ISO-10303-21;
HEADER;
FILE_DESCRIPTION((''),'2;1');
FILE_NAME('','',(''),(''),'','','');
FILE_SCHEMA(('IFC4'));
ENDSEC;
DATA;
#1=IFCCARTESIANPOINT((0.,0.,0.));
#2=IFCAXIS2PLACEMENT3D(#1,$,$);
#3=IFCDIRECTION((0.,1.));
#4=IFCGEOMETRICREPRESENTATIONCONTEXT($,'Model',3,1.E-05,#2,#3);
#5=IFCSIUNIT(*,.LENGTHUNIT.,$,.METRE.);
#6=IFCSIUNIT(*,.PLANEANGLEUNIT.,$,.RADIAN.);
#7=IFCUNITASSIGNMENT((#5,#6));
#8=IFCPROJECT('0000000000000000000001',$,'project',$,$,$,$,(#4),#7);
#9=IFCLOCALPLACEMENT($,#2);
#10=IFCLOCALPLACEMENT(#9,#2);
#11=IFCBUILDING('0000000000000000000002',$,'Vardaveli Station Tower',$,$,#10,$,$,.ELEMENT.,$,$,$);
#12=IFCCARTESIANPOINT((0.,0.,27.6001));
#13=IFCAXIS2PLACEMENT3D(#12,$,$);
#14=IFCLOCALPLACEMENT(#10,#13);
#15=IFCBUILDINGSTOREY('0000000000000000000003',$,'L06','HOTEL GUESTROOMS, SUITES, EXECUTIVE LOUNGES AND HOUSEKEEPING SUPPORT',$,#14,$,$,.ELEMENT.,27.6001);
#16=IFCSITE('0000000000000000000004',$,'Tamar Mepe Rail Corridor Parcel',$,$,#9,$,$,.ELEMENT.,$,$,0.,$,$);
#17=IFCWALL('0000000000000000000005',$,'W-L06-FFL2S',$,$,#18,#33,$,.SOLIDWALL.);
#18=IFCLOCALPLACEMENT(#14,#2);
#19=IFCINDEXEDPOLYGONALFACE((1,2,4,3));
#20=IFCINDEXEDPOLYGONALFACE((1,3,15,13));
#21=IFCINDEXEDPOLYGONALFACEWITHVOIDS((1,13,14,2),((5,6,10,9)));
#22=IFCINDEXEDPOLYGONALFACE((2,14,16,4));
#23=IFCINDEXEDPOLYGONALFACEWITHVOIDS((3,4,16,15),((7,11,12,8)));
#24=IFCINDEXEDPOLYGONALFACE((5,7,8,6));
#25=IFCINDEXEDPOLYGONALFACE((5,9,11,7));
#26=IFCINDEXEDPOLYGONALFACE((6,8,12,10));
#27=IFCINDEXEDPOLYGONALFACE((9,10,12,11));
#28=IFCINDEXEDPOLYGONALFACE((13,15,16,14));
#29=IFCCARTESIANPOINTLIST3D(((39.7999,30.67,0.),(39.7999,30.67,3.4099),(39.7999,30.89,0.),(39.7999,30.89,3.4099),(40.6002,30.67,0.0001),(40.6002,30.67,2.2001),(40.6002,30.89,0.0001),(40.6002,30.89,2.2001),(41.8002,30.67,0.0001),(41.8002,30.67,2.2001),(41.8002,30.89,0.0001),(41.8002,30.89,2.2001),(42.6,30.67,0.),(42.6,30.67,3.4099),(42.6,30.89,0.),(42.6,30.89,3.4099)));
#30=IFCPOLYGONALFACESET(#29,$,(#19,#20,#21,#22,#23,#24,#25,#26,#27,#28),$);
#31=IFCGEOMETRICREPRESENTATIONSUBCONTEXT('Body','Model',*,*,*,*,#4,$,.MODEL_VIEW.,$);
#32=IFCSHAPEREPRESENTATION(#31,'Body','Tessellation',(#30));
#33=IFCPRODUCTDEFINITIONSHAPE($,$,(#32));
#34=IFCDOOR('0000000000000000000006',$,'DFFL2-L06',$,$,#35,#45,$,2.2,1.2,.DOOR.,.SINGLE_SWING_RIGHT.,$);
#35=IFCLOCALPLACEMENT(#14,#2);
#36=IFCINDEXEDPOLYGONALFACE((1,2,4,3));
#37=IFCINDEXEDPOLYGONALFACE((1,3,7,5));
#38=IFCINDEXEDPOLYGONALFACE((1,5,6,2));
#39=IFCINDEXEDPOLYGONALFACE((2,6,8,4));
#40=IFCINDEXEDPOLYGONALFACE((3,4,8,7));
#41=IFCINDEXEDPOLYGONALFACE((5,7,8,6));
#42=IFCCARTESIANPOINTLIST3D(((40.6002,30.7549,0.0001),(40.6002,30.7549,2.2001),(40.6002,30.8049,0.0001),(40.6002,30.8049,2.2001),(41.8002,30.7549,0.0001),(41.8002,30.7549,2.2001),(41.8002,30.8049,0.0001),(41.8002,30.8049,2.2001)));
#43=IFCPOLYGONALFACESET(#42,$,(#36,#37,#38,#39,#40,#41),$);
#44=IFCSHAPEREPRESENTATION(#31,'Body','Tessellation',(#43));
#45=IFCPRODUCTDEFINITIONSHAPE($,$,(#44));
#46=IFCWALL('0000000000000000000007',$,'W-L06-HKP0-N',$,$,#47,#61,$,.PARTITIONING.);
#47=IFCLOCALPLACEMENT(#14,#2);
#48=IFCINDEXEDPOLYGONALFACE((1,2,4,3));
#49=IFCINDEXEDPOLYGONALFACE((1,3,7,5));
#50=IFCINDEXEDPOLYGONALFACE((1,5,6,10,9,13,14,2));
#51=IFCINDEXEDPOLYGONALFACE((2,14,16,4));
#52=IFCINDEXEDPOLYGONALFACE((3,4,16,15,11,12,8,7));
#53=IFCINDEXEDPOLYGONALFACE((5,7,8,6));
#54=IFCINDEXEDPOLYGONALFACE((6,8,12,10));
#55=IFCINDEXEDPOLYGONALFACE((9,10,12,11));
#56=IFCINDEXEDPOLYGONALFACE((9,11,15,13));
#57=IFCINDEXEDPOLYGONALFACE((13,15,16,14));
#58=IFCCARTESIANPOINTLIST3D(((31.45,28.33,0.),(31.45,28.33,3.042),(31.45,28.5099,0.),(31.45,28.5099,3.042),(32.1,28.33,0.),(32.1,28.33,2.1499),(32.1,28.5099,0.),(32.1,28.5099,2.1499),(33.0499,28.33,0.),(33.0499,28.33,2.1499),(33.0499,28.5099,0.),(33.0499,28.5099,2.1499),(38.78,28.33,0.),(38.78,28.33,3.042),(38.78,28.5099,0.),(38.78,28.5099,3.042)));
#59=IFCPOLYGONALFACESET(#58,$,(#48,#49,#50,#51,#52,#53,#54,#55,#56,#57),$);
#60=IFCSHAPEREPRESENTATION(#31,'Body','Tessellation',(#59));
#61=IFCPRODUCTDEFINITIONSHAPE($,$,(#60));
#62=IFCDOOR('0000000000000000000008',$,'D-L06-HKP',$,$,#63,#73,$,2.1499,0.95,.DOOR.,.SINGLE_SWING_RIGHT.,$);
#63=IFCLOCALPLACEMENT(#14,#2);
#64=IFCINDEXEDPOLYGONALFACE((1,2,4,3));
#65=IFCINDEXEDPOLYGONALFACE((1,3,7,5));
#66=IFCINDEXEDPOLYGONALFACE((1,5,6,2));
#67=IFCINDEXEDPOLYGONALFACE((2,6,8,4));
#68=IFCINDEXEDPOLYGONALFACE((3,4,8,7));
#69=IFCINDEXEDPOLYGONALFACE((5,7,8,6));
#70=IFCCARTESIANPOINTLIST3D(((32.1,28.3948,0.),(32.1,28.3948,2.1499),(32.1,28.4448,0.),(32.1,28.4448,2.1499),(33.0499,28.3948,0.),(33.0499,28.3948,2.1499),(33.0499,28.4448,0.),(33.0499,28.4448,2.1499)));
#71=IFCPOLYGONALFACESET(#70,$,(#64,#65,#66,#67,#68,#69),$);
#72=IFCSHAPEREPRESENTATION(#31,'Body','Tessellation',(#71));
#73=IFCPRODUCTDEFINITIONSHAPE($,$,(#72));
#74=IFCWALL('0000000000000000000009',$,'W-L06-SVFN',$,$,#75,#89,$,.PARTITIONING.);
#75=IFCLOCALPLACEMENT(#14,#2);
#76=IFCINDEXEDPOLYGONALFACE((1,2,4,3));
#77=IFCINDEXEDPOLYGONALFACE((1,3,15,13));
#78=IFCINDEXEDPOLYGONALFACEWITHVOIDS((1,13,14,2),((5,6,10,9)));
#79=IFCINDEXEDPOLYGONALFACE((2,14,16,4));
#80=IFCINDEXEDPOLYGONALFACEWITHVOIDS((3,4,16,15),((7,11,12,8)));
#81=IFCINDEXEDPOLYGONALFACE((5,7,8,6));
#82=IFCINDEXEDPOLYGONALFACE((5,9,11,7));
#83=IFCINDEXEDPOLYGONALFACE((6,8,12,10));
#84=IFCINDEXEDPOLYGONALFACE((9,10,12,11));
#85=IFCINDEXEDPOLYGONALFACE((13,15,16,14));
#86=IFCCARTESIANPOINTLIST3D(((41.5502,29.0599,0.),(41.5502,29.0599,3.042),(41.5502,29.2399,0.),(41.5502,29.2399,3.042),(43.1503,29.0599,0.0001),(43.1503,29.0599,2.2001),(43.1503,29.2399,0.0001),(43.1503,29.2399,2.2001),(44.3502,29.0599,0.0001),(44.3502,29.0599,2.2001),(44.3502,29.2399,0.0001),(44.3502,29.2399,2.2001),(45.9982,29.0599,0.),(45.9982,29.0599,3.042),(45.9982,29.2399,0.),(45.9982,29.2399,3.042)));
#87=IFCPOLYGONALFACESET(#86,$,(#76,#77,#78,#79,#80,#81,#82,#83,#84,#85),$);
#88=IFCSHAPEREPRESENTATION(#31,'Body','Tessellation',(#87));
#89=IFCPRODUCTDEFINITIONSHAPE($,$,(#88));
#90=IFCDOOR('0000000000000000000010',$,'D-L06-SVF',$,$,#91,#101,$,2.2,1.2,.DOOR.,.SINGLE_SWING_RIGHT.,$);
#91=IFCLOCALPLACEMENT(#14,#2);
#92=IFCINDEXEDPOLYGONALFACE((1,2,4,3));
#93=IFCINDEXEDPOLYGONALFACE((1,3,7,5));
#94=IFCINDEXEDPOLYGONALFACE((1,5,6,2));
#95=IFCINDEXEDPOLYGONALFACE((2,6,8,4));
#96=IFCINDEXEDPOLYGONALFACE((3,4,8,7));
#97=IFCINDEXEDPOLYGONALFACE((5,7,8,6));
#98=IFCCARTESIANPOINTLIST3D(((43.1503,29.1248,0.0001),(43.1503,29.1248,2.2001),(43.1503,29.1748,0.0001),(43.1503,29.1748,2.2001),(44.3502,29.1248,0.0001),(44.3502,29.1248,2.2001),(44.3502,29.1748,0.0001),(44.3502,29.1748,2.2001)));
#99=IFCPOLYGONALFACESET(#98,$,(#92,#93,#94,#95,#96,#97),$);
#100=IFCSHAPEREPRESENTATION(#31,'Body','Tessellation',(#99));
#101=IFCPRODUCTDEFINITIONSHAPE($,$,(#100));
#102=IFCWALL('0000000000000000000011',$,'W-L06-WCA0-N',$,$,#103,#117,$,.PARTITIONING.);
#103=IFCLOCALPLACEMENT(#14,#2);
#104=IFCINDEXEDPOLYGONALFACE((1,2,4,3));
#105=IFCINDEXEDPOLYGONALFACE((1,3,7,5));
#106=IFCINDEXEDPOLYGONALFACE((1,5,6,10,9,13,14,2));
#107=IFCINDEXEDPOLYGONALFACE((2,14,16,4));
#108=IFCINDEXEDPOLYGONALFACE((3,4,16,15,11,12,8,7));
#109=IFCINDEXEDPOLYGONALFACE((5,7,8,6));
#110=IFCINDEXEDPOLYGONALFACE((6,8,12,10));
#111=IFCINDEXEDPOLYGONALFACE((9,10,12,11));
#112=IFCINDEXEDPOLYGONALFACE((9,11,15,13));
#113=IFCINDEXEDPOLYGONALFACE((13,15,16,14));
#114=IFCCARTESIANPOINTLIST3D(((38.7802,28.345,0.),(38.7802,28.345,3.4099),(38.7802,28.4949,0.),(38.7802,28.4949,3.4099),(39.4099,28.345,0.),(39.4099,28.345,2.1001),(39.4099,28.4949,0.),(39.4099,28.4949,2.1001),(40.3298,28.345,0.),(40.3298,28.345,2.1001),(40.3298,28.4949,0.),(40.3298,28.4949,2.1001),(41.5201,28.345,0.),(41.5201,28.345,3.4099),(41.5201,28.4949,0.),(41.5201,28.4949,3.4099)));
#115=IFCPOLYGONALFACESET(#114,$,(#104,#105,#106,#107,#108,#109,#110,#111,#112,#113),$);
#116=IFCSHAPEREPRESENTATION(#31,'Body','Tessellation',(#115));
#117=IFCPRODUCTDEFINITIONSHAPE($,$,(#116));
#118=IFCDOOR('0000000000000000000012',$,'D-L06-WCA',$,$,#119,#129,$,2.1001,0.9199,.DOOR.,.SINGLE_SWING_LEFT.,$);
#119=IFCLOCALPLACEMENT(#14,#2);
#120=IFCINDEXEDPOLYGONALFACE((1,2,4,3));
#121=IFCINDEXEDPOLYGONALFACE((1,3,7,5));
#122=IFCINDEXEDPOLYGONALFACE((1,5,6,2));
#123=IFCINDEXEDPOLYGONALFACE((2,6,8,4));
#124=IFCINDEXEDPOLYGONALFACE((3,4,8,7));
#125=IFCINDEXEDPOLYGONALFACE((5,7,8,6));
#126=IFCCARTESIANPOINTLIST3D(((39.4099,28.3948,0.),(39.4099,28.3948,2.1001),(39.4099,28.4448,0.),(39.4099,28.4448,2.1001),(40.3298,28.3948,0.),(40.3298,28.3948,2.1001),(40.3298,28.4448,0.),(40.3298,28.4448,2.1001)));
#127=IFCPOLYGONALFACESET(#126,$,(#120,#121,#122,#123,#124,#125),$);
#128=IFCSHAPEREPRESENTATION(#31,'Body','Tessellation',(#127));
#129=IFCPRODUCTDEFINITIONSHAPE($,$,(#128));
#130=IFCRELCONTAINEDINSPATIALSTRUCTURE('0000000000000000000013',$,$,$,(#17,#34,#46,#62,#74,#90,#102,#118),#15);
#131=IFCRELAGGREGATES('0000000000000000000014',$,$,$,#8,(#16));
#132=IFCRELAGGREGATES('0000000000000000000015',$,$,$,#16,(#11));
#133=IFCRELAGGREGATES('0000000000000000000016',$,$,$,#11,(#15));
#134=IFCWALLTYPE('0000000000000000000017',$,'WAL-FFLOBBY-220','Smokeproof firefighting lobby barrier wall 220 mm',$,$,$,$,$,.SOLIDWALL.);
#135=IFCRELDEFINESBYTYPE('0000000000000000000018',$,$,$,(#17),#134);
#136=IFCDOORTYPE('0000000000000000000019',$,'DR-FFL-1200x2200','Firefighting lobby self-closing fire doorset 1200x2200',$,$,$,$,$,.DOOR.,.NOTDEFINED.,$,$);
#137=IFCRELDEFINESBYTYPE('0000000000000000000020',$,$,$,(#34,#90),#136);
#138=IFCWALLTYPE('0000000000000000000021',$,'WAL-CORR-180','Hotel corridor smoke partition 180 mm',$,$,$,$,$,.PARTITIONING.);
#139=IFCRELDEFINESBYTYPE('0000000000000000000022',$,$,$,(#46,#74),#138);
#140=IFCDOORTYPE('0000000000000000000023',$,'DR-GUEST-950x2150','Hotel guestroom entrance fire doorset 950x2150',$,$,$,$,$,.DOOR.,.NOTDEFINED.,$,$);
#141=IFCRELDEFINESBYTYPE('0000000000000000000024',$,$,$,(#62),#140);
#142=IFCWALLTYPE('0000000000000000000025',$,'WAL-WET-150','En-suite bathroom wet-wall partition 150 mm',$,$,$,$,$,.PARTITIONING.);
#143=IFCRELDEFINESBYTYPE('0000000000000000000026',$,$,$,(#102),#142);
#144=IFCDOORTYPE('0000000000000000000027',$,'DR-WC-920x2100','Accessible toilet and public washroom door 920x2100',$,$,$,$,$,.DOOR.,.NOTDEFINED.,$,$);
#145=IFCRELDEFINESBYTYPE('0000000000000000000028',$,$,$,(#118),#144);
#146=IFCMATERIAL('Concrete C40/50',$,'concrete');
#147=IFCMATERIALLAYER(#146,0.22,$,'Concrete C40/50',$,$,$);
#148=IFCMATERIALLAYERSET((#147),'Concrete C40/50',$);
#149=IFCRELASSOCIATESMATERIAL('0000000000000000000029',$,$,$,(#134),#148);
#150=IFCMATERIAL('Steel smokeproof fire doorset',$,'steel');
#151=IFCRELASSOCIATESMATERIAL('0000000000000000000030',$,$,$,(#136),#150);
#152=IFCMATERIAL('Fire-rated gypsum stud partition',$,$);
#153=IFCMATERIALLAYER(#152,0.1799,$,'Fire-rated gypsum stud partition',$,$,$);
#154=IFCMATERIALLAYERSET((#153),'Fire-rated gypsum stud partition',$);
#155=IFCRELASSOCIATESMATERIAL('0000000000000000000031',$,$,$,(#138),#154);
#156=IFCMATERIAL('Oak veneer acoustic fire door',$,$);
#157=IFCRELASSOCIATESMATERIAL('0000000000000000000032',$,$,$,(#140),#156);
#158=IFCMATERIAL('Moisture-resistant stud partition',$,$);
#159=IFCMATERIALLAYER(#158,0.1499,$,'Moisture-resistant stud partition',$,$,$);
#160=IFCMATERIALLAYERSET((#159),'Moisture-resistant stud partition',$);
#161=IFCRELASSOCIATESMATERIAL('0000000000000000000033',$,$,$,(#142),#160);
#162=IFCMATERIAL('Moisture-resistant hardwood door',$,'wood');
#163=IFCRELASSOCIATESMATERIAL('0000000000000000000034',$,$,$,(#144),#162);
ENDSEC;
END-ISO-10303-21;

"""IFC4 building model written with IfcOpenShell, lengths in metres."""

from ifc_helpers import new_model, si_unit, direction, frame, frame_2d, origin, place, context, subcontext, project, spatial, rectangle, extrude, source, transform, mapped, material, layer, layer_set, type_object, element, fill, save


model = new_model("IFC4")

# Units and contexts
model_context = context("Model", 3, precision=1e-05, world=origin(), true_north=direction((0.0, 1.0)))
body_context = subcontext(model_context, "Body", "Model", "MODEL_VIEW")
ifc_project = project(units=[si_unit("LENGTHUNIT", "METRE"), si_unit("PLANEANGLEUNIT", "RADIAN")], contexts=[model_context])

# Site, building, storey
site_placement = place(None, origin())
site = spatial("IfcSite", under=ifc_project, at=site_placement, Name="Tamar Mepe Rail Corridor Parcel", CompositionType="ELEMENT", RefElevation=0.0)
building_placement = place(site_placement, origin())
building = spatial("IfcBuilding", under=site, at=building_placement, Name="Vardaveli Station Tower", CompositionType="ELEMENT")
storey_placement = place(building_placement, frame((0.0, 0.0, 27.6001)))
storey = spatial("IfcBuildingStorey", under=building, at=storey_placement, Name="L06", Description="HOTEL GUESTROOMS, SUITES, EXECUTIVE LOUNGES AND HOUSEKEEPING SUPPORT", CompositionType="ELEMENT", Elevation=27.6001)

# Shared definitions
ifc_material_1 = material(Name="Concrete C40/50", Category="concrete")

# Walls, openings, doors
ifc_material_2 = material(Name="Steel smokeproof fire doorset", Category="steel")
ifc_layer_1 = layer(ifc_material_1, 0.22, Name="Concrete C40/50")
ifc_layer_set_1 = layer_set([ifc_layer_1], Name="Concrete C40/50")
wall_type_1 = type_object("IfcWallType", Name="WAL-FFLOBBY-220", Description="Smokeproof firefighting lobby barrier wall 220 mm", PredefinedType="SOLIDWALL", material=ifc_layer_set_1)
shared_shape_1 = source(origin(), body_context, "Body", "SweptSolid", [
    extrude(rectangle(XDim=1.2, YDim=2.2, at=frame_2d((0.6001, 1.1001))), frame((0.0, 0.1201, 0.0), z_axis=(0.0, -1.0, 0.0), x_axis=(1.0, 0.0, 0.0)), (0.0, 0.0, 1.0), 0.24),
])
door_type_1 = type_object("IfcDoorType", Name="DR-FFL-1200x2200", Description="Firefighting lobby self-closing fire doorset 1200x2200", OperationType="NOTDEFINED", PredefinedType="DOOR", material=ifc_material_2)
shared_shape_2 = source(origin(), body_context, "Body", "SweptSolid", [
    extrude(rectangle(XDim=1.2, YDim=2.2, at=frame_2d((0.6001, 1.1001))), frame((0.0, 0.0249, 0.0), z_axis=(0.0, -1.0, 0.0), x_axis=(1.0, 0.0, 0.0)), (0.0, 0.0, 1.0), 0.05),
])
shared_shape_3 = source(origin(), body_context, "Body", "SweptSolid", [
    extrude(rectangle(XDim=2.8, YDim=0.22, at=frame_2d((1.3999, 0.0))), origin(), (0.0, 0.0, 1.0), 3.4099),
])
wall_1_placement = place(storey_placement, frame((39.8, 30.78, 0.0), z_axis=(0.0, 0.0, 1.0), x_axis=(1.0, 0.0, 0.0)))
wall_1 = element("IfcWall", 1, at=wall_1_placement, inside=storey, type_object=wall_type_1, Name="W-L06-FFL2S", PredefinedType="SOLIDWALL", context=body_context, shape_type="MappedRepresentation", body=[
    mapped(shared_shape_3, transform((0.0, 0.0, 0.0), scale=1.0)),
])
opening_1_placement = place(wall_1_placement, frame((0.8, 0.0, 0.0)))
opening_1 = element("IfcOpeningElement", 2, at=opening_1_placement, cuts=wall_1, PredefinedType="OPENING", context=body_context, shape_type="MappedRepresentation", body=[
    mapped(shared_shape_1, transform((0.0, 0.0, 0.0), scale=1.0)),
])
door_1_placement = place(opening_1_placement, origin())
door_1 = element("IfcDoor", 3, at=door_1_placement, inside=storey, type_object=door_type_1, Name="DFFL2-L06", OperationType="SINGLE_SWING_RIGHT", OverallHeight=2.2, OverallWidth=1.2, PredefinedType="DOOR", context=body_context, shape_type="MappedRepresentation", body=[
    mapped(shared_shape_2, transform((0.0, 0.0, 0.0), scale=1.0)),
])
fill(opening_1, door_1)
ifc_material_3 = material(Name="Fire-rated gypsum stud partition")
ifc_layer_2 = layer(ifc_material_3, 0.1799, Name="Fire-rated gypsum stud partition")
ifc_layer_set_2 = layer_set([ifc_layer_2], Name="Fire-rated gypsum stud partition")
wall_type_2 = type_object("IfcWallType", Name="WAL-CORR-180", Description="Hotel corridor smoke partition 180 mm", PredefinedType="PARTITIONING", material=ifc_layer_set_2)
shared_shape_4 = source(origin(), body_context, "Body", "SweptSolid", [
    extrude(rectangle(XDim=7.3301, YDim=0.1799, at=frame_2d((3.665, 0.0))), origin(), (0.0, 0.0, 1.0), 3.042),
])
wall_2_placement = place(storey_placement, frame((31.45, 28.4199, 0.0), z_axis=(0.0, 0.0, 1.0), x_axis=(1.0, 0.0, 0.0)))
wall_2 = element("IfcWall", 4, at=wall_2_placement, inside=storey, type_object=wall_type_2, Name="W-L06-HKP0-N", PredefinedType="PARTITIONING", context=body_context, shape_type="MappedRepresentation", body=[
    mapped(shared_shape_4, transform((0.0, 0.0, 0.0), scale=1.0)),
])
shared_shape_5 = source(origin(), body_context, "Body", "SweptSolid", [
    extrude(rectangle(XDim=0.95, YDim=2.1499, at=frame_2d((0.4751, 1.075))), frame((0.0, 0.1001, 0.0), z_axis=(0.0, -1.0, 0.0), x_axis=(1.0, 0.0, 0.0)), (0.0, 0.0, 1.0), 0.2),
])
opening_2_placement = place(wall_2_placement, frame((0.6499, 0.0, 0.0)))
opening_2 = element("IfcOpeningElement", 5, at=opening_2_placement, cuts=wall_2, PredefinedType="OPENING", context=body_context, shape_type="MappedRepresentation", body=[
    mapped(shared_shape_5, transform((0.0, 0.0, 0.0), scale=1.0)),
])
ifc_material_4 = material(Name="Oak veneer acoustic fire door")
door_type_2 = type_object("IfcDoorType", Name="DR-GUEST-950x2150", Description="Hotel guestroom entrance fire doorset 950x2150", OperationType="NOTDEFINED", PredefinedType="DOOR", material=ifc_material_4)
shared_shape_6 = source(origin(), body_context, "Body", "SweptSolid", [
    extrude(rectangle(XDim=0.95, YDim=2.1499, at=frame_2d((0.4751, 1.075))), frame((0.0, 0.0249, 0.0), z_axis=(0.0, -1.0, 0.0), x_axis=(1.0, 0.0, 0.0)), (0.0, 0.0, 1.0), 0.05),
])
door_2_placement = place(opening_2_placement, origin())
door_2 = element("IfcDoor", 6, at=door_2_placement, inside=storey, type_object=door_type_2, Name="D-L06-HKP", OperationType="SINGLE_SWING_RIGHT", OverallHeight=2.1499, OverallWidth=0.95, PredefinedType="DOOR", context=body_context, shape_type="MappedRepresentation", body=[
    mapped(shared_shape_6, transform((0.0, 0.0, 0.0), scale=1.0)),
])
fill(opening_2, door_2)
shared_shape_7 = source(origin(), body_context, "Body", "SweptSolid", [
    extrude(rectangle(XDim=4.448, YDim=0.1799, at=frame_2d((2.2241, 0.0))), origin(), (0.0, 0.0, 1.0), 3.042),
])
wall_3_placement = place(storey_placement, frame((41.55, 29.1499, 0.0), z_axis=(0.0, 0.0, 1.0), x_axis=(1.0, 0.0, 0.0)))
wall_3 = element("IfcWall", 7, at=wall_3_placement, inside=storey, type_object=wall_type_2, Name="W-L06-SVFN", PredefinedType="PARTITIONING", context=body_context, shape_type="MappedRepresentation", body=[
    mapped(shared_shape_7, transform((0.0, 0.0, 0.0), scale=1.0)),
])
shared_shape_8 = source(origin(), body_context, "Body", "SweptSolid", [
    extrude(rectangle(XDim=1.2, YDim=2.2, at=frame_2d((0.6001, 1.1001))), frame((0.0, 0.1001, 0.0), z_axis=(0.0, -1.0, 0.0), x_axis=(1.0, 0.0, 0.0)), (0.0, 0.0, 1.0), 0.2),
])
opening_3_placement = place(wall_3_placement, frame((1.6001, 0.0, 0.0)))
opening_3 = element("IfcOpeningElement", 8, at=opening_3_placement, cuts=wall_3, PredefinedType="OPENING", context=body_context, shape_type="MappedRepresentation", body=[
    mapped(shared_shape_8, transform((0.0, 0.0, 0.0), scale=1.0)),
])
door_3_placement = place(opening_3_placement, origin())
door_3 = element("IfcDoor", 9, at=door_3_placement, inside=storey, type_object=door_type_1, Name="D-L06-SVF", OperationType="SINGLE_SWING_RIGHT", OverallHeight=2.2, OverallWidth=1.2, PredefinedType="DOOR", context=body_context, shape_type="MappedRepresentation", body=[
    mapped(shared_shape_2, transform((0.0, 0.0, 0.0), scale=1.0)),
])
fill(opening_3, door_3)
ifc_material_5 = material(Name="Moisture-resistant stud partition")
ifc_layer_3 = layer(ifc_material_5, 0.1499, Name="Moisture-resistant stud partition")
ifc_layer_set_3 = layer_set([ifc_layer_3], Name="Moisture-resistant stud partition")
wall_type_3 = type_object("IfcWallType", Name="WAL-WET-150", Description="En-suite bathroom wet-wall partition 150 mm", PredefinedType="PARTITIONING", material=ifc_layer_set_3)
shared_shape_9 = source(origin(), body_context, "Body", "SweptSolid", [
    extrude(rectangle(XDim=2.74, YDim=0.1499, at=frame_2d((1.3701, 0.0))), origin(), (0.0, 0.0, 1.0), 3.4099),
])
wall_4_placement = place(storey_placement, frame((38.78, 28.4199, 0.0), z_axis=(0.0, 0.0, 1.0), x_axis=(1.0, 0.0, 0.0)))
wall_4 = element("IfcWall", 10, at=wall_4_placement, inside=storey, type_object=wall_type_3, Name="W-L06-WCA0-N", PredefinedType="PARTITIONING", context=body_context, shape_type="MappedRepresentation", body=[
    mapped(shared_shape_9, transform((0.0, 0.0, 0.0), scale=1.0)),
])
shared_shape_10 = source(origin(), body_context, "Body", "SweptSolid", [
    extrude(rectangle(XDim=0.9199, YDim=2.1001, at=frame_2d((0.46, 1.05))), frame((0.0, 0.085, 0.0), z_axis=(0.0, -1.0, 0.0), x_axis=(1.0, 0.0, 0.0)), (0.0, 0.0, 1.0), 0.1699),
])
opening_4_placement = place(wall_4_placement, frame((0.6299, 0.0, 0.0)))
opening_4 = element("IfcOpeningElement", 11, at=opening_4_placement, cuts=wall_4, PredefinedType="OPENING", context=body_context, shape_type="MappedRepresentation", body=[
    mapped(shared_shape_10, transform((0.0, 0.0, 0.0), scale=1.0)),
])
ifc_material_6 = material(Name="Moisture-resistant hardwood door", Category="wood")
door_type_3 = type_object("IfcDoorType", Name="DR-WC-920x2100", Description="Accessible toilet and public washroom door 920x2100", OperationType="NOTDEFINED", PredefinedType="DOOR", material=ifc_material_6)
shared_shape_11 = source(origin(), body_context, "Body", "SweptSolid", [
    extrude(rectangle(XDim=0.9199, YDim=2.1001, at=frame_2d((0.46, 1.05))), frame((0.0, 0.0249, 0.0), z_axis=(0.0, -1.0, 0.0), x_axis=(1.0, 0.0, 0.0)), (0.0, 0.0, 1.0), 0.05),
])
door_4_placement = place(opening_4_placement, origin())
door_4 = element("IfcDoor", 12, at=door_4_placement, inside=storey, type_object=door_type_3, Name="D-L06-WCA", OperationType="SINGLE_SWING_LEFT", OverallHeight=2.1001, OverallWidth=0.9199, PredefinedType="DOOR", context=body_context, shape_type="MappedRepresentation", body=[
    mapped(shared_shape_11, transform((0.0, 0.0, 0.0), scale=1.0)),
])
fill(opening_4, door_4)

save(model, "model.ifc")
